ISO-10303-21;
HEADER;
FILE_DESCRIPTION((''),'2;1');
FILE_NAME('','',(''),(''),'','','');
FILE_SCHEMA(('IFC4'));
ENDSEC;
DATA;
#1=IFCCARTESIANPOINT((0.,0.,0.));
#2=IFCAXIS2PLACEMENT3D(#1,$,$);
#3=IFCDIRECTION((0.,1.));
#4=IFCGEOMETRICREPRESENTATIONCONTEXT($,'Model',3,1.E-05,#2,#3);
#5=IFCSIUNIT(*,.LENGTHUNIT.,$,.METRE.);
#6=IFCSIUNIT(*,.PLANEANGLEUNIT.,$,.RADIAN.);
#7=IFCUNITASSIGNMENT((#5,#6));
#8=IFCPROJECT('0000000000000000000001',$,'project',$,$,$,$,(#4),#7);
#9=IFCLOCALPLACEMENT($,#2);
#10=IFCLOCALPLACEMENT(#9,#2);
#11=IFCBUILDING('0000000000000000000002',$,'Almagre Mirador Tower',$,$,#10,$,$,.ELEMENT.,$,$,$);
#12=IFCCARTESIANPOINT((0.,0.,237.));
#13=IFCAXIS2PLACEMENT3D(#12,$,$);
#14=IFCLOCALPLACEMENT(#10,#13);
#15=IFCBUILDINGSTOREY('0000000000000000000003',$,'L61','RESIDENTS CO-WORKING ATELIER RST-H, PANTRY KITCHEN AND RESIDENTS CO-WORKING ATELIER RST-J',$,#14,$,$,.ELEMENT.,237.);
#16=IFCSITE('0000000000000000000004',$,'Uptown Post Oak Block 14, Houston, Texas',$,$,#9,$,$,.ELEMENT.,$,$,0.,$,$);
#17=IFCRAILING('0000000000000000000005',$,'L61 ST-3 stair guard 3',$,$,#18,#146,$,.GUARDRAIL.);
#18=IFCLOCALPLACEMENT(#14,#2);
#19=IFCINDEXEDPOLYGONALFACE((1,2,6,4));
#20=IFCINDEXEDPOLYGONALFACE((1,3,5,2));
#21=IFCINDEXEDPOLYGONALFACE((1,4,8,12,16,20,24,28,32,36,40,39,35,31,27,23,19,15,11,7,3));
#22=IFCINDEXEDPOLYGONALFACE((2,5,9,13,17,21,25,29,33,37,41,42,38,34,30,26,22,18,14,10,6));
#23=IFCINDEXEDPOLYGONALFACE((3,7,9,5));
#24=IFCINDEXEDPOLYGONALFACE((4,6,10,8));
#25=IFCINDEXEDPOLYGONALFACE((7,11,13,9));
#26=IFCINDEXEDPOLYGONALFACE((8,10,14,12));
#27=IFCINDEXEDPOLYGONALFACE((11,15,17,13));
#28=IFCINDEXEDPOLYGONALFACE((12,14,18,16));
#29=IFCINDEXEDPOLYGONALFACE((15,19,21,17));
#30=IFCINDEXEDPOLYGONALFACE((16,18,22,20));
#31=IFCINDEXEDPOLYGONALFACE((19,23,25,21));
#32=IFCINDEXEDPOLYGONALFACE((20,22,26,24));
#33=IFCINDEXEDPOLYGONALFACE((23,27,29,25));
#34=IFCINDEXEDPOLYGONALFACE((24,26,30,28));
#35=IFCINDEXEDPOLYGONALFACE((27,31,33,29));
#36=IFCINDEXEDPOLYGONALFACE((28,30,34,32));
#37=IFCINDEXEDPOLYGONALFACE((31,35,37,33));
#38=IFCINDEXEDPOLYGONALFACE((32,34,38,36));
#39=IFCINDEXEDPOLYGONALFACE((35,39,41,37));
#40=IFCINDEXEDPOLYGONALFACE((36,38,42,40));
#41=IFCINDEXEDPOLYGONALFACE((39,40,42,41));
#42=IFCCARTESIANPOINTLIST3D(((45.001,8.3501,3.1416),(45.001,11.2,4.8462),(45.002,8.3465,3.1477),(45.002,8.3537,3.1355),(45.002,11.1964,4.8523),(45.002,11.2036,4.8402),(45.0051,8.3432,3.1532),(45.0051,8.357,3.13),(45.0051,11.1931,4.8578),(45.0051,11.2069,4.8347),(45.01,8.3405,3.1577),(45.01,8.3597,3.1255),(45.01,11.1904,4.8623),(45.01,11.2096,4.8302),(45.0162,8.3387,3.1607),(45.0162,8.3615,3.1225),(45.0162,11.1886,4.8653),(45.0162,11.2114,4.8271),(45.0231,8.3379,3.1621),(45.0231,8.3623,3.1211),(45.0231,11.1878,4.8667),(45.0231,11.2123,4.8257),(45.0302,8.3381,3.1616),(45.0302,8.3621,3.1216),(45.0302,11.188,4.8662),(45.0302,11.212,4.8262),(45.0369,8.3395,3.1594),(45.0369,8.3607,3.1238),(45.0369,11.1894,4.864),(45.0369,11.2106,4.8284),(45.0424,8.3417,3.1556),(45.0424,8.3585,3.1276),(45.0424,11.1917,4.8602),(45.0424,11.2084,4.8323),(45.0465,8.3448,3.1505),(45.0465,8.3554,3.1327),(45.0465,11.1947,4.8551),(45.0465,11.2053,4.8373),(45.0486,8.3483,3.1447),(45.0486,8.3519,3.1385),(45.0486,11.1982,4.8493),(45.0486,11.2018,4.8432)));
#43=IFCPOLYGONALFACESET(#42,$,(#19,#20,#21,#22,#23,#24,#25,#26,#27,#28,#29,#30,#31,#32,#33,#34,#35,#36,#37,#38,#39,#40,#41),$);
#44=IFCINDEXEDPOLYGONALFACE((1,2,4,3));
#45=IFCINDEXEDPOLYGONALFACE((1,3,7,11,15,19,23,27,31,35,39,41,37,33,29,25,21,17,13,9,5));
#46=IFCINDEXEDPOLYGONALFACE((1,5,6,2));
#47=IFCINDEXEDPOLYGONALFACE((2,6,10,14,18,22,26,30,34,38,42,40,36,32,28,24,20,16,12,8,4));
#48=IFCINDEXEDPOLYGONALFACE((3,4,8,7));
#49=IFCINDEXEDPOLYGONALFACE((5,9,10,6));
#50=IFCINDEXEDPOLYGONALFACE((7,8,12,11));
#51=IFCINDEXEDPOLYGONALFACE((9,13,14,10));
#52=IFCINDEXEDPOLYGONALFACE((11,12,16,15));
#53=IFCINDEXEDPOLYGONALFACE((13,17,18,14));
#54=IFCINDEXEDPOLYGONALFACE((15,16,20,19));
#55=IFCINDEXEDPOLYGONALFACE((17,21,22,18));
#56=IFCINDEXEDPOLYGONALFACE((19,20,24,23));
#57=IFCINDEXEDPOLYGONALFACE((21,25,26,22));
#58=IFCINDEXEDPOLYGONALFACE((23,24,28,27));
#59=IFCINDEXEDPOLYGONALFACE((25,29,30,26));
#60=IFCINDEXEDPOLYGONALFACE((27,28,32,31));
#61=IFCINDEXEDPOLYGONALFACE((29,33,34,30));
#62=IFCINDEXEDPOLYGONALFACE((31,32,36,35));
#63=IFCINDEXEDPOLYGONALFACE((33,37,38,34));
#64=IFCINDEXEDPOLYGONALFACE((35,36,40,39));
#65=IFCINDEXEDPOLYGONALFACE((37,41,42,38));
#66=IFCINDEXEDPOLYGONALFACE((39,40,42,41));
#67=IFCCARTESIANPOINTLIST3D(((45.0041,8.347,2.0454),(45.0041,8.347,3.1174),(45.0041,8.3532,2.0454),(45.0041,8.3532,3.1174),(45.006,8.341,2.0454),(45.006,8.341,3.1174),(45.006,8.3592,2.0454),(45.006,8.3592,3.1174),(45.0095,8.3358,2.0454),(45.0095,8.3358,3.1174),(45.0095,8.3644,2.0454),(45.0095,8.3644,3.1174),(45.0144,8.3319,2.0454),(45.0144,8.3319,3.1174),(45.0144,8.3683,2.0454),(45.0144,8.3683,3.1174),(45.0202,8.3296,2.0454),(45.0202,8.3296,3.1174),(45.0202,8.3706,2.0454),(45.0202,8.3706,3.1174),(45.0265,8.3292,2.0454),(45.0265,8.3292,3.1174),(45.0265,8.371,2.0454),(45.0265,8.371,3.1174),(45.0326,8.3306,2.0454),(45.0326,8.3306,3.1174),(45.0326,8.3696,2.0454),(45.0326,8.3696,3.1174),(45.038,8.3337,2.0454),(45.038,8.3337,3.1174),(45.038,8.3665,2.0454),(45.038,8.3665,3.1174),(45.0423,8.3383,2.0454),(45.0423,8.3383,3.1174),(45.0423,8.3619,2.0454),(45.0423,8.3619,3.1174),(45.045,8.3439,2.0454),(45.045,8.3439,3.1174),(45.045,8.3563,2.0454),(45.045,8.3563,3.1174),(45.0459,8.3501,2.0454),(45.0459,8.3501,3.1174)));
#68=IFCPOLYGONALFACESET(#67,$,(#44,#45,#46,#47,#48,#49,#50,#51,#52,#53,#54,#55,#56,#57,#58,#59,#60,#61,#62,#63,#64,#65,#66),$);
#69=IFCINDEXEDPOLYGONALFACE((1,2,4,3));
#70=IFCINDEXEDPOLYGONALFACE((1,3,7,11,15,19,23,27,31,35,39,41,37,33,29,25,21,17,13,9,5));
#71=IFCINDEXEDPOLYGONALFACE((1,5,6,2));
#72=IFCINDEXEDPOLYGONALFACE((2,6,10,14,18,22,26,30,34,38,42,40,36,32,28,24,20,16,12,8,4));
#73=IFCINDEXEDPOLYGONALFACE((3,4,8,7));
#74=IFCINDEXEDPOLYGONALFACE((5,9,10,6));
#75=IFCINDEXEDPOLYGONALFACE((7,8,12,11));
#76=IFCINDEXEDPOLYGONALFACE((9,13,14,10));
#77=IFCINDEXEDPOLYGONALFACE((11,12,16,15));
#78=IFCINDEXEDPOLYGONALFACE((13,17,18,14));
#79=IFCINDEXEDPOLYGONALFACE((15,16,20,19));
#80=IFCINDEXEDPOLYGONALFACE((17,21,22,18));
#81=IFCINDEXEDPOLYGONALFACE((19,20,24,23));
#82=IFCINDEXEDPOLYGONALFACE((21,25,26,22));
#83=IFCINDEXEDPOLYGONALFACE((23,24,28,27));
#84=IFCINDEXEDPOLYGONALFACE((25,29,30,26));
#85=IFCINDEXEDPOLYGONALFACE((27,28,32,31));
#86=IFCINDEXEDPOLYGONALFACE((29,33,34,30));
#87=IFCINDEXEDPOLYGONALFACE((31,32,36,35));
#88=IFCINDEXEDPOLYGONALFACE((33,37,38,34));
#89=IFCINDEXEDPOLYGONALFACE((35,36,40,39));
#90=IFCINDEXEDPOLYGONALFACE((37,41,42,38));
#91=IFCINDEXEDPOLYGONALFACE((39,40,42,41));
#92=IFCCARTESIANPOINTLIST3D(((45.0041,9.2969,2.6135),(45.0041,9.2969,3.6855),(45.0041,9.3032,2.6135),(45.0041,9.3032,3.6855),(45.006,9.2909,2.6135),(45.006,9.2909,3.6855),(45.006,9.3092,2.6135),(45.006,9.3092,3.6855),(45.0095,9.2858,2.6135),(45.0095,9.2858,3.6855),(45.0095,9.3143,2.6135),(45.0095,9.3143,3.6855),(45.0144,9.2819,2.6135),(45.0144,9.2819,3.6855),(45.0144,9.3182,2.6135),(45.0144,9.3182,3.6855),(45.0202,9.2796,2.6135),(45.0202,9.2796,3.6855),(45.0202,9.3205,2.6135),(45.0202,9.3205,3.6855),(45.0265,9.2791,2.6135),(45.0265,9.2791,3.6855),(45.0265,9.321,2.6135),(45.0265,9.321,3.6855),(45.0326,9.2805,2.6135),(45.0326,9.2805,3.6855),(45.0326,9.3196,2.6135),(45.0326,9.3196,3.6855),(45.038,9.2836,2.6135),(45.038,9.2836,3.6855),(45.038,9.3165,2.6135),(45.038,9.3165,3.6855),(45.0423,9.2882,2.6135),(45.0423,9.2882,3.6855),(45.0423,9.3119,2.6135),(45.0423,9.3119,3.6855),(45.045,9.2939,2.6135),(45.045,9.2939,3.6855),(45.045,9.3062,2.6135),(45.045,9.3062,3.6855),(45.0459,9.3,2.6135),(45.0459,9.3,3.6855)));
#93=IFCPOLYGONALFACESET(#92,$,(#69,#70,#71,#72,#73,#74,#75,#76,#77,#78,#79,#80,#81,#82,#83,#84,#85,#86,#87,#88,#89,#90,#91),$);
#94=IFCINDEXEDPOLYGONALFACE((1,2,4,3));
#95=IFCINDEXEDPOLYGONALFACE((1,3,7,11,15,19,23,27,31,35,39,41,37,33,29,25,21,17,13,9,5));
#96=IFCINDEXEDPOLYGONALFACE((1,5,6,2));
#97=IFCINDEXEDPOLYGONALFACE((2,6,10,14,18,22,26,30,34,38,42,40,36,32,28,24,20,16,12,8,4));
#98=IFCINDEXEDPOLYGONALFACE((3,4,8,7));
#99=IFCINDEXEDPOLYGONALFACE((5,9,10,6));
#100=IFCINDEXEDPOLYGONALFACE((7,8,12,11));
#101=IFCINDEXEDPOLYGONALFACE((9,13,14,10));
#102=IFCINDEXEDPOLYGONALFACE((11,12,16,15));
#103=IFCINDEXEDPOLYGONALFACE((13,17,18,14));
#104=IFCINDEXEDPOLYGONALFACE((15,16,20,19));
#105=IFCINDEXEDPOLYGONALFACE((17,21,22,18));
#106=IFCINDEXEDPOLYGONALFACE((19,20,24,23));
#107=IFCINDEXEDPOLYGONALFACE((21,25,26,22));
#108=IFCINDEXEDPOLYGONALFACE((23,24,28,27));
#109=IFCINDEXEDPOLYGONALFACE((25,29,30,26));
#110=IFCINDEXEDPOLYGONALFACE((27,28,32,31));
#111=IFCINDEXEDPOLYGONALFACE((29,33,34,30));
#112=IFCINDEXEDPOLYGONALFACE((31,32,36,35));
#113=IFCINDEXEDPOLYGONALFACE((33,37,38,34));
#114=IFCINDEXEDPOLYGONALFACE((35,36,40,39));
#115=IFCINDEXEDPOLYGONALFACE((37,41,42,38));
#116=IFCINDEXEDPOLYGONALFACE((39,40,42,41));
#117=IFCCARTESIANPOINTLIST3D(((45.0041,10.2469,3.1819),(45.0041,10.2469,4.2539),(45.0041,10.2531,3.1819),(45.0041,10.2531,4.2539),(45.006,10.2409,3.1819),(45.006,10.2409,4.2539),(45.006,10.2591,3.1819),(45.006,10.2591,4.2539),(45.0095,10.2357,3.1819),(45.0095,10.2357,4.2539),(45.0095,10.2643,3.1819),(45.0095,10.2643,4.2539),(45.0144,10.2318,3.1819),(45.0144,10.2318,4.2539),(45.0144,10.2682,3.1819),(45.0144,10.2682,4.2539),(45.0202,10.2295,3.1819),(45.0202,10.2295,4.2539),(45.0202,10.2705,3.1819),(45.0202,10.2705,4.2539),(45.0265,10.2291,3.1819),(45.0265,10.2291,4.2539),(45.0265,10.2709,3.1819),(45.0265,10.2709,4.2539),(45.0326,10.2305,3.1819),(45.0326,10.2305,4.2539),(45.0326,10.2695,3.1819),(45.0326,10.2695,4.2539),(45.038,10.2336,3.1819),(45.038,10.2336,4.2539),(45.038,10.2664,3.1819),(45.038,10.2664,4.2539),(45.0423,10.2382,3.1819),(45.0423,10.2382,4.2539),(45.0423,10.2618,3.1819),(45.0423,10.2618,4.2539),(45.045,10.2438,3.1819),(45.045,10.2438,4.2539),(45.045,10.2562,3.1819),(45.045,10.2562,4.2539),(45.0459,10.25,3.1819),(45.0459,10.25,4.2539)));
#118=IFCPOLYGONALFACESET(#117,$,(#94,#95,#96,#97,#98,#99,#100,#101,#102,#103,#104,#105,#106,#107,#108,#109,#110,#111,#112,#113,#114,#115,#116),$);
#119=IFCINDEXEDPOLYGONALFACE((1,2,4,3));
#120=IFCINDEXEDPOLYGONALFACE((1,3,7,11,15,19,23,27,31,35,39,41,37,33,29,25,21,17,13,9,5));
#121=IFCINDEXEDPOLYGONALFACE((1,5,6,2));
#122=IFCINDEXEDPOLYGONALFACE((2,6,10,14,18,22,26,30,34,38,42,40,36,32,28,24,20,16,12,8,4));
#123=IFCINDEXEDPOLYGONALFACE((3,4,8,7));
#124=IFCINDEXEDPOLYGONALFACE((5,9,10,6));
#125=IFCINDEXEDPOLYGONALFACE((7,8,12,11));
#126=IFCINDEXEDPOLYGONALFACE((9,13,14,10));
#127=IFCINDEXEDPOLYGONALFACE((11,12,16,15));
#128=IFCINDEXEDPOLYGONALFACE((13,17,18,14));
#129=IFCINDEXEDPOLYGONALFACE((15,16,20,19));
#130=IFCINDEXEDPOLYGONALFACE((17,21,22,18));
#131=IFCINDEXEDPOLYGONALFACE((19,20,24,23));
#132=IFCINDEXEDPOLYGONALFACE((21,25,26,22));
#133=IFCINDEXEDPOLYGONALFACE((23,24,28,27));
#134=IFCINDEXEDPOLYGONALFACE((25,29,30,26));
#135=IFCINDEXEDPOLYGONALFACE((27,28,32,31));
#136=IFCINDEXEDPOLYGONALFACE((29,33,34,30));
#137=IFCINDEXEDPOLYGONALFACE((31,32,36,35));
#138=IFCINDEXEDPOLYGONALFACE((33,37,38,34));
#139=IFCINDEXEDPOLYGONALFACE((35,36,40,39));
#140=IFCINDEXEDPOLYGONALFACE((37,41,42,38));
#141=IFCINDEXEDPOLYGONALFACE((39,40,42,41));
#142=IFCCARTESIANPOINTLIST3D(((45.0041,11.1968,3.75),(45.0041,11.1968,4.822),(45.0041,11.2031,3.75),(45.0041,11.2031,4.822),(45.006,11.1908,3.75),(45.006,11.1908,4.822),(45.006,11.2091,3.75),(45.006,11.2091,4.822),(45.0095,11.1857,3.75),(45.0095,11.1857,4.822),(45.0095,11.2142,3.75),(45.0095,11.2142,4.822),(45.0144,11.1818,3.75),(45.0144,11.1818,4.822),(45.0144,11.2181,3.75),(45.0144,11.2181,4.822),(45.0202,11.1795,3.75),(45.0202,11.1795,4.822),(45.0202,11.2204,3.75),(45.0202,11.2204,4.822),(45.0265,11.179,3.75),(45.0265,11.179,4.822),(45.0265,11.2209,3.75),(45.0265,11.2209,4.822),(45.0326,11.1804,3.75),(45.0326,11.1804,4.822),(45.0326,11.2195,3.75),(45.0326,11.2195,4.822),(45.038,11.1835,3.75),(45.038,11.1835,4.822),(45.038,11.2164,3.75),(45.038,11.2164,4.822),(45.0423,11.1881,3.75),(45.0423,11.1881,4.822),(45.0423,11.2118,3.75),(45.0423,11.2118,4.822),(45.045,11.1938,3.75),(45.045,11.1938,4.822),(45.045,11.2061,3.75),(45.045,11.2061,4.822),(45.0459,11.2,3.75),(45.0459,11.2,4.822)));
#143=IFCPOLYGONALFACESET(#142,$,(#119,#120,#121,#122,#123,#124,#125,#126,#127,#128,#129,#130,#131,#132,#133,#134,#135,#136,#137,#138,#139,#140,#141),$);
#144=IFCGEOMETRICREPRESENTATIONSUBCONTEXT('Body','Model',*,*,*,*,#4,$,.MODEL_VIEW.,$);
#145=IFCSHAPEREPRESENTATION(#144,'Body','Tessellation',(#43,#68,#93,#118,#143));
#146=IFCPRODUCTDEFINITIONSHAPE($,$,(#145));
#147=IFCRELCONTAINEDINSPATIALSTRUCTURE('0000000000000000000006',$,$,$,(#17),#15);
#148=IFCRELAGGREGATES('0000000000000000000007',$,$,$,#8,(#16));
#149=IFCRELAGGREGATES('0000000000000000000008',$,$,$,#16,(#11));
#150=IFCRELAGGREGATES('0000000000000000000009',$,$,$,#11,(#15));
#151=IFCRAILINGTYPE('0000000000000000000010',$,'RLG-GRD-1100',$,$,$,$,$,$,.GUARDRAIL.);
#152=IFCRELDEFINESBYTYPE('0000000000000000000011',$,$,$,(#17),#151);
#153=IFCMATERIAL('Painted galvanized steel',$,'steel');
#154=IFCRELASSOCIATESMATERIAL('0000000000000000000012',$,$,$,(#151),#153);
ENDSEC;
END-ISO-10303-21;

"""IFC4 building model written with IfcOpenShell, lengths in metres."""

from ifc_helpers import new_model, si_unit, direction, frame, origin, origin_2d, place, context, subcontext, project, spatial, circle, extrude, material, type_object, element, save


model = new_model("IFC4")

# Units and contexts
model_context = context("Model", 3, precision=1e-05, world=origin(), true_north=direction((0.0, 1.0)))
body_context = subcontext(model_context, "Body", "Model", "MODEL_VIEW")
ifc_project = project(units=[si_unit("LENGTHUNIT", "METRE"), si_unit("PLANEANGLEUNIT", "RADIAN")], contexts=[model_context])

# Site, building, storey
site_placement = place(None, origin())
site = spatial("IfcSite", under=ifc_project, at=site_placement, Name="Uptown Post Oak Block 14, Houston, Texas", CompositionType="ELEMENT", RefElevation=0.0)
building_placement = place(site_placement, origin())
building = spatial("IfcBuilding", under=site, at=building_placement, Name="Almagre Mirador Tower", CompositionType="ELEMENT")
storey_placement = place(building_placement, frame((0.0, 0.0, 237.0)))
storey = spatial("IfcBuildingStorey", under=building, at=storey_placement, Name="L61", Description="RESIDENTS CO-WORKING ATELIER RST-H, PANTRY KITCHEN AND RESIDENTS CO-WORKING ATELIER RST-J", CompositionType="ELEMENT", Elevation=237.0)

# Railing
ifc_material_1 = material(Name="Painted galvanized steel", Category="steel")
railing_type_1 = type_object("IfcRailingType", Name="RLG-GRD-1100", PredefinedType="GUARDRAIL", material=ifc_material_1)
railing_1_placement = place(storey_placement, frame((45.0249, 8.3501, 2.0454)))
element("IfcRailing", 1, at=railing_1_placement, inside=storey, type_object=railing_type_1, Name="L61 ST-3 stair guard 3", PredefinedType="GUARDRAIL", context=body_context, shape_type="SweptSolid", body=[
    extrude(circle(Radius=0.0239, at=origin_2d()), frame((0.0, 0.0, 1.0962), z_axis=(0.0, 0.858199, 0.513317), x_axis=(-1.0, 0.0, 0.0)), (0.0, 0.0, 1.0), 3.3208),
    extrude(circle(Radius=0.021, at=origin_2d()), origin(), (0.0, 0.0, 1.0), 1.072),
    extrude(circle(Radius=0.021, at=origin_2d()), frame((0.0, 0.95, 0.5681)), (0.0, 0.0, 1.0), 1.072),
    extrude(circle(Radius=0.021, at=origin_2d()), frame((0.0, 1.8999, 1.1365)), (0.0, 0.0, 1.0), 1.072),
    extrude(circle(Radius=0.021, at=origin_2d()), frame((0.0, 2.8499, 1.7046)), (0.0, 0.0, 1.0), 1.072),
])

save(model, "model.ifc")
